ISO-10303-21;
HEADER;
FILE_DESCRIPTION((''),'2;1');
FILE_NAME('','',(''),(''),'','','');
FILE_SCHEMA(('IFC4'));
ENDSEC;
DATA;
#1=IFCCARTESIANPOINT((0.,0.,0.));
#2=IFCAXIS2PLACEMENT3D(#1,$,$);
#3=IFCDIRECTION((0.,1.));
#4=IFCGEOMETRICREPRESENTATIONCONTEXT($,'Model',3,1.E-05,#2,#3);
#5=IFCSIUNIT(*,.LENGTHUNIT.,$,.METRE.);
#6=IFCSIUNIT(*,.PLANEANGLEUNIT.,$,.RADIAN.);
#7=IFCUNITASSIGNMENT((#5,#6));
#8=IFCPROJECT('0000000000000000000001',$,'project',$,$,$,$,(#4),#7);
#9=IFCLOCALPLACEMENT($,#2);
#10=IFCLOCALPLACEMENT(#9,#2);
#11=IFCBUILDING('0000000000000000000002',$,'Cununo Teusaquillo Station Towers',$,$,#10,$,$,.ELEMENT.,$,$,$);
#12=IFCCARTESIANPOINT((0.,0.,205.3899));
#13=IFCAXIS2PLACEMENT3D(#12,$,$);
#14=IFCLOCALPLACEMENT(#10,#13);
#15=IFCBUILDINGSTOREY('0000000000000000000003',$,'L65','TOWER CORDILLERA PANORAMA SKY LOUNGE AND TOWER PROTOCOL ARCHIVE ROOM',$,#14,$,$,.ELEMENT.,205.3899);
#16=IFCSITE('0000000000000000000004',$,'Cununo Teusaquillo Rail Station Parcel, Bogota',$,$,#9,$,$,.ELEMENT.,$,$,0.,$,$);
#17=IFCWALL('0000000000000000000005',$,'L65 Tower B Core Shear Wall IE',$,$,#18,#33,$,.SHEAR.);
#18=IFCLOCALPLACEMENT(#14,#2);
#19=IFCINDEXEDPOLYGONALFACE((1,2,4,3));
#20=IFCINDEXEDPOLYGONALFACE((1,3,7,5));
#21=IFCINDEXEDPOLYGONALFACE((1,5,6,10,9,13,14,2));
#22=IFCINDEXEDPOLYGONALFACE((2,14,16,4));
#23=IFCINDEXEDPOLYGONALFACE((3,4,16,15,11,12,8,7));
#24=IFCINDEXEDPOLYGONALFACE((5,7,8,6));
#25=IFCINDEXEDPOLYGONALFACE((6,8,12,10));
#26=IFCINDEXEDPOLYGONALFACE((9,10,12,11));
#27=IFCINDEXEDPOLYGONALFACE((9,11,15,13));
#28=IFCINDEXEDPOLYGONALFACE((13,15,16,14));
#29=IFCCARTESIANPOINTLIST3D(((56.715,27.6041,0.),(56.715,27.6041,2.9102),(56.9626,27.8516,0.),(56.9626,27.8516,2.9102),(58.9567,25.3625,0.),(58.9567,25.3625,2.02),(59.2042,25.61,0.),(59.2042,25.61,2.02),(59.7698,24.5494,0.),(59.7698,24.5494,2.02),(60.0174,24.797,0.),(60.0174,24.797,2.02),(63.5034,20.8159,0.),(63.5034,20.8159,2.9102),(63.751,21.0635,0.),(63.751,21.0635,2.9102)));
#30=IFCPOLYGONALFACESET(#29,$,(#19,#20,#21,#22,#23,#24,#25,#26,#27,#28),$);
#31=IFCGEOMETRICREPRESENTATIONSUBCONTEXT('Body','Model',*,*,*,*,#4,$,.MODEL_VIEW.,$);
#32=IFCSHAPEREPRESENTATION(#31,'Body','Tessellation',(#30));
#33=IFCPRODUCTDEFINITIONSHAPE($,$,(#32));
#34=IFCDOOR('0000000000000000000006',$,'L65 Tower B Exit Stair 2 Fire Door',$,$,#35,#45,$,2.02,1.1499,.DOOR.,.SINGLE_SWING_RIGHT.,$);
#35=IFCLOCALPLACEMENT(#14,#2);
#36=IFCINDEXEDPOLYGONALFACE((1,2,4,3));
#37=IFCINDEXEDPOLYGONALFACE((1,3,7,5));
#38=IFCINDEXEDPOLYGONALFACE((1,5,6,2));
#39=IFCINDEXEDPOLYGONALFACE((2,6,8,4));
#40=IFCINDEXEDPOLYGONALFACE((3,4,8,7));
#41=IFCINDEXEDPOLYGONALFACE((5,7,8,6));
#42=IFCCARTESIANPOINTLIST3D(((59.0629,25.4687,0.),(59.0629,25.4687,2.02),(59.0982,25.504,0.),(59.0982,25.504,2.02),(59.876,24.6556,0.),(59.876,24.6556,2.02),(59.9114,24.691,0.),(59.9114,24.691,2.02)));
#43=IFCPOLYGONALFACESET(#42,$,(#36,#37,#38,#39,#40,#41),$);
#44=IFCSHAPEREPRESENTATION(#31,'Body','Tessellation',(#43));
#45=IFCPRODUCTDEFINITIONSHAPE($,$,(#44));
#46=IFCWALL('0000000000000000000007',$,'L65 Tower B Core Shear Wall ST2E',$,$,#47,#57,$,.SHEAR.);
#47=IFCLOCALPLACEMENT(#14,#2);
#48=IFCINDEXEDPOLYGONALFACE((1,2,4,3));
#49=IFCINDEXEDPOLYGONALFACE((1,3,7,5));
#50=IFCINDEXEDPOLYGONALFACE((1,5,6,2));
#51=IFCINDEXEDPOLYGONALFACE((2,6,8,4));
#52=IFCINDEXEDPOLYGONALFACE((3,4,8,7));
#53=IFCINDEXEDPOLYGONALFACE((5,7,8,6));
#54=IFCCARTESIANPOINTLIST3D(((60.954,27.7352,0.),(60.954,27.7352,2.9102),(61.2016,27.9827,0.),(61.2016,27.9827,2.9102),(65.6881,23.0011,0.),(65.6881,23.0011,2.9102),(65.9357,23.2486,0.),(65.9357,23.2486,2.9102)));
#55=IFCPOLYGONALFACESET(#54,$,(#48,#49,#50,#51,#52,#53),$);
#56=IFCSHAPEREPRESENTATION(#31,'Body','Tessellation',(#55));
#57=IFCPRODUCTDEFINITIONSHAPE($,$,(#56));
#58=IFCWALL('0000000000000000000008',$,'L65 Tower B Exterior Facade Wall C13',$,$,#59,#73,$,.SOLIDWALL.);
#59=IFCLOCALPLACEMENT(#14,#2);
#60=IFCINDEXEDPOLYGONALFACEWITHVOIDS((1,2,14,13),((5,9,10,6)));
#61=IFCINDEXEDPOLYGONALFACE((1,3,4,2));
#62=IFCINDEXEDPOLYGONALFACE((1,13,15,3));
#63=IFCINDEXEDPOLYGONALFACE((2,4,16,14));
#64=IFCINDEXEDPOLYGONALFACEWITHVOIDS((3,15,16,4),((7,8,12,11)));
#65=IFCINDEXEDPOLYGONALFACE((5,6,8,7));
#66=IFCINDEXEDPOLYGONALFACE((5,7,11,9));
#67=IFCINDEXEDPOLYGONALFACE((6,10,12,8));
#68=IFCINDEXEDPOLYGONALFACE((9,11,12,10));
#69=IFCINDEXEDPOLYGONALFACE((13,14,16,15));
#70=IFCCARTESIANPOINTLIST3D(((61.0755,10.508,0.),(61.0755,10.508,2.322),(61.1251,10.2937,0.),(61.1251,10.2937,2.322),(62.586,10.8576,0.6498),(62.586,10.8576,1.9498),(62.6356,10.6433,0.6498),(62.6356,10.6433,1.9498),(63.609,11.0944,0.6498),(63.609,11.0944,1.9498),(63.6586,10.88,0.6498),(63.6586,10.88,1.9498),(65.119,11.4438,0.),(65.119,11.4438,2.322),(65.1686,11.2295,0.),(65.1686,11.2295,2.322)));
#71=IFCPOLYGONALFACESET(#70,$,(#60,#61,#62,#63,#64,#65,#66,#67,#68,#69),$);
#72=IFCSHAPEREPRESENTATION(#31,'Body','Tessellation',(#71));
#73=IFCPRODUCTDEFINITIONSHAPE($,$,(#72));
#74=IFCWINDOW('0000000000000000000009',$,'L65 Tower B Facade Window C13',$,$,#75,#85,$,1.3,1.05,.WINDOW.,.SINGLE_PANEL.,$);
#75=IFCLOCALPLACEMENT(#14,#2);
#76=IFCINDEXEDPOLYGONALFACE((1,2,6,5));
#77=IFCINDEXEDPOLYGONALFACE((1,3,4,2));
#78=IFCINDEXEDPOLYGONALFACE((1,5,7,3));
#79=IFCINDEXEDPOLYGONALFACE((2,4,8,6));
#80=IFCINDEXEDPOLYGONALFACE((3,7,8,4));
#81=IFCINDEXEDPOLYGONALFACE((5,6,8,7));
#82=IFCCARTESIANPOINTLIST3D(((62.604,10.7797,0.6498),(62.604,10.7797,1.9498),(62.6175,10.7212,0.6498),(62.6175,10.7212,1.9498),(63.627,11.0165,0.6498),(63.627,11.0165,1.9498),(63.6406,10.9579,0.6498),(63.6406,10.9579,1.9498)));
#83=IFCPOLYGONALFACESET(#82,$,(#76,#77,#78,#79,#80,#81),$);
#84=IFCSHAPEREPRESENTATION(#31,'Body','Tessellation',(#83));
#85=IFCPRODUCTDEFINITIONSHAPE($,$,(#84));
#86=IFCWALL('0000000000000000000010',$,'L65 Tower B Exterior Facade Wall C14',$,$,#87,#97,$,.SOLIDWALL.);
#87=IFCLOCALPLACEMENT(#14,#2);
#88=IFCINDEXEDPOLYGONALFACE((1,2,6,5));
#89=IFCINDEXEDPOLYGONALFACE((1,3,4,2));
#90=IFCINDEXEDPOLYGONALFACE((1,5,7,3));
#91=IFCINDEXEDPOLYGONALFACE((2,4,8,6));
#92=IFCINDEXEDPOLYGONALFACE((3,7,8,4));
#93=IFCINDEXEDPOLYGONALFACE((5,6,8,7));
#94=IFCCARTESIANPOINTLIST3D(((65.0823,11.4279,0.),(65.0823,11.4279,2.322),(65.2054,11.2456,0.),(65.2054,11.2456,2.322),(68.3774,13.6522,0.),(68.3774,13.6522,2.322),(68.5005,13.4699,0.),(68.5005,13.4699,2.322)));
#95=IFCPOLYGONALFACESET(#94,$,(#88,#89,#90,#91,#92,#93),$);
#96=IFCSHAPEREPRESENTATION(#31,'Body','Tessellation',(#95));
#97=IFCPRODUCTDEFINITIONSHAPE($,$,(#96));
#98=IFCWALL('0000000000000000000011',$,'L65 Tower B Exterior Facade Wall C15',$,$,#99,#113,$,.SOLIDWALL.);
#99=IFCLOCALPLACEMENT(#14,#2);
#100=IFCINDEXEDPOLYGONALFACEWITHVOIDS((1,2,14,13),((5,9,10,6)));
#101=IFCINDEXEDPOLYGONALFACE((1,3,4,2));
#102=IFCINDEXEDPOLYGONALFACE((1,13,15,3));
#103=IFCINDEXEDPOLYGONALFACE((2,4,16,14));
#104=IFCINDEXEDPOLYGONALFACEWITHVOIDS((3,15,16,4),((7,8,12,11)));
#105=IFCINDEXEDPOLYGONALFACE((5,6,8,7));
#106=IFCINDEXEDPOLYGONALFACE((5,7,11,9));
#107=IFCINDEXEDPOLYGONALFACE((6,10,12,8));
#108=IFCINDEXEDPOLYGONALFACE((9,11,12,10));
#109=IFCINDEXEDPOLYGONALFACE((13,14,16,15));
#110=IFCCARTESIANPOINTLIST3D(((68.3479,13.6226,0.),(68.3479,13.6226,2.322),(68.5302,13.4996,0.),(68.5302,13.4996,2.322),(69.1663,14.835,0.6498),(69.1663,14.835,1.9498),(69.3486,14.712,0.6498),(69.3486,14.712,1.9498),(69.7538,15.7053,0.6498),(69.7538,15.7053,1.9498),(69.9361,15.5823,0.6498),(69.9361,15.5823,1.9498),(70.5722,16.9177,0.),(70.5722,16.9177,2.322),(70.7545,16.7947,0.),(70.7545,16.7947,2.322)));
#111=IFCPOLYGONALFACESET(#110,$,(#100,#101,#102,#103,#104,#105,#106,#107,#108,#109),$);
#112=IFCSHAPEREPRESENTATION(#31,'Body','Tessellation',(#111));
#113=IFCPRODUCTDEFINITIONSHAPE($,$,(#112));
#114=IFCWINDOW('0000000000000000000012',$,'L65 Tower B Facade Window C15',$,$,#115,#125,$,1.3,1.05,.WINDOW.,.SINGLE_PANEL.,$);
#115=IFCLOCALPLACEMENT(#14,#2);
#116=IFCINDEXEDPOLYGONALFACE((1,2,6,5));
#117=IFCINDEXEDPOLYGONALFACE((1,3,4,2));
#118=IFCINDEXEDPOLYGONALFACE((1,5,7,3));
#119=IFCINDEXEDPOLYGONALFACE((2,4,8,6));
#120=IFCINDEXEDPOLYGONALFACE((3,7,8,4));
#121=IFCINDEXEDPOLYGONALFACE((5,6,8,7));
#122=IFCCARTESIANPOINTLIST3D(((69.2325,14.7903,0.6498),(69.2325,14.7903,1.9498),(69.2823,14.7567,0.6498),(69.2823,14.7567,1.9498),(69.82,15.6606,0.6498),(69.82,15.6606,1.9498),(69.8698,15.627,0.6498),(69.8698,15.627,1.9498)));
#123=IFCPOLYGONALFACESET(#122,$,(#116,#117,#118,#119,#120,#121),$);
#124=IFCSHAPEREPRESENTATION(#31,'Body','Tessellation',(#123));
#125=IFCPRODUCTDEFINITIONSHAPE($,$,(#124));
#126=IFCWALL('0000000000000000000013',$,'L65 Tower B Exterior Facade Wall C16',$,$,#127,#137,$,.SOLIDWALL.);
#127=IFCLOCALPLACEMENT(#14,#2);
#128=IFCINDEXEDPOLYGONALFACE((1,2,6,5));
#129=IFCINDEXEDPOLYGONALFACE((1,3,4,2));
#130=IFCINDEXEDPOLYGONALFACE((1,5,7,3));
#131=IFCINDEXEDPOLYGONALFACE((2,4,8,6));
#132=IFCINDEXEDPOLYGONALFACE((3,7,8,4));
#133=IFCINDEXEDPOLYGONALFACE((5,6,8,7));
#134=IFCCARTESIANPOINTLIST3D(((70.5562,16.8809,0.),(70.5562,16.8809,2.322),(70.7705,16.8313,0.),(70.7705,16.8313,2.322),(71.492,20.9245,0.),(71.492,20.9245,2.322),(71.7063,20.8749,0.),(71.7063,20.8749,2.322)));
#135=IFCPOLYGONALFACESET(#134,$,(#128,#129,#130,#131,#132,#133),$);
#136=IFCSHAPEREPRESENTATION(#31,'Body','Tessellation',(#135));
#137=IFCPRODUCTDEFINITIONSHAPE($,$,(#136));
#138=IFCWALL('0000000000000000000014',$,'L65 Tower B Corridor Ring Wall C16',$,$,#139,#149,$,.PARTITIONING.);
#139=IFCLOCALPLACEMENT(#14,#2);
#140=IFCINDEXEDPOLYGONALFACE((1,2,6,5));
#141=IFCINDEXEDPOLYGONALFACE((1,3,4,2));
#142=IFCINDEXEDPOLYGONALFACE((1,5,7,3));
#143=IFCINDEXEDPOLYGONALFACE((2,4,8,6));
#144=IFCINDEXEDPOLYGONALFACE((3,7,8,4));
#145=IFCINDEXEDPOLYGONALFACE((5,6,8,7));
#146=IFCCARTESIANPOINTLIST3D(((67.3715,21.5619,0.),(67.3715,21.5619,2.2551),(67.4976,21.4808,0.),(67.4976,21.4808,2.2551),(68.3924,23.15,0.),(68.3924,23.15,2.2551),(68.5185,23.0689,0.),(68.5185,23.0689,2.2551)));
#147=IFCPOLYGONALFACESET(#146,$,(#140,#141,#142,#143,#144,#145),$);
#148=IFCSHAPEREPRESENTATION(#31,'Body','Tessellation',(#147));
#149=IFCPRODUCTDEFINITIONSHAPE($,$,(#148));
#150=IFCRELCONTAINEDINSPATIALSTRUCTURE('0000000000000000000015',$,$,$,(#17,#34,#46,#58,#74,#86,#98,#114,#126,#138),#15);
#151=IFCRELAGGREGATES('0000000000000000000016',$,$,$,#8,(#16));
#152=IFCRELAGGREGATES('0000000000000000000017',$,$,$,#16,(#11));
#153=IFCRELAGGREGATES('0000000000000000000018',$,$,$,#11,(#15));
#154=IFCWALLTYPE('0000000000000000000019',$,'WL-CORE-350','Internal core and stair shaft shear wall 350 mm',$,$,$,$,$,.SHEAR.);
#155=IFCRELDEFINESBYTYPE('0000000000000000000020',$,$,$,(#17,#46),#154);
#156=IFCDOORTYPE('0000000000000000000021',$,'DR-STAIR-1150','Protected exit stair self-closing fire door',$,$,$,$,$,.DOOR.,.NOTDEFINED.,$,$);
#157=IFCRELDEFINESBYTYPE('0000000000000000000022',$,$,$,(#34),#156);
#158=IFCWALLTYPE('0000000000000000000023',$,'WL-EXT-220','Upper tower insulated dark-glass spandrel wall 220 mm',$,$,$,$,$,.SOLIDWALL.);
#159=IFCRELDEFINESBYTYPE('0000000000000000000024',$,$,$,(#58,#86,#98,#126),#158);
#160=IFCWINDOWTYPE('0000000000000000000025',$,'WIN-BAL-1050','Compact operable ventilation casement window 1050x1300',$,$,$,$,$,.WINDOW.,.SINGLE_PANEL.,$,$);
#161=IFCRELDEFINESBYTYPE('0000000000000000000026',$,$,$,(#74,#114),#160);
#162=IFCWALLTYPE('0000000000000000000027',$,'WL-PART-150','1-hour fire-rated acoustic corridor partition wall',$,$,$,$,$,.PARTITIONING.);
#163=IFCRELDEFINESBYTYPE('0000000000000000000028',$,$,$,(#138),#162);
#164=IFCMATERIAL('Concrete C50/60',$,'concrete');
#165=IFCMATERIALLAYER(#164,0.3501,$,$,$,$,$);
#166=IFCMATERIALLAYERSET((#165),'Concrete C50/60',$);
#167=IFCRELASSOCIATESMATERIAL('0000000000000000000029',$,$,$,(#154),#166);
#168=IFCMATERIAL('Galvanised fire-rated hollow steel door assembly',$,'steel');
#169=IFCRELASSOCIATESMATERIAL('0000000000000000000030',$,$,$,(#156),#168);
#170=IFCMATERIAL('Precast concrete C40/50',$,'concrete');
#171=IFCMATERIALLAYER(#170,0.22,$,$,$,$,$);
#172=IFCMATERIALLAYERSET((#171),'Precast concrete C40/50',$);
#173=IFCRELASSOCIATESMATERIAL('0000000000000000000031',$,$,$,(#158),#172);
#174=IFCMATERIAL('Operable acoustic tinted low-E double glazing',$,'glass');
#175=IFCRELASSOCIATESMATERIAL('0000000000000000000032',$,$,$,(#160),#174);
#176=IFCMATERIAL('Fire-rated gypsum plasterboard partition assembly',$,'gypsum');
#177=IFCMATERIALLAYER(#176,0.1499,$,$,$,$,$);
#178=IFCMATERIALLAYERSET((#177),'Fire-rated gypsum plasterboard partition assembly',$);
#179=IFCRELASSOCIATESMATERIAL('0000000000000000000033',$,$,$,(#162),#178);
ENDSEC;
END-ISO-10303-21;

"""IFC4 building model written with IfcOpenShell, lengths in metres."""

from ifc_helpers import new_model, si_unit, direction, frame, frame_2d, origin, place, context, subcontext, project, spatial, rectangle, extrude, source, transform, mapped, material, layer, layer_set, type_object, element, fill, save


model = new_model("IFC4")

# Units and contexts
model_context = context("Model", 3, precision=1e-05, world=origin(), true_north=direction((0.0, 1.0)))
body_context = subcontext(model_context, "Body", "Model", "MODEL_VIEW")
ifc_project = project(units=[si_unit("LENGTHUNIT", "METRE"), si_unit("PLANEANGLEUNIT", "RADIAN")], contexts=[model_context])

# Site, building, storey
site_placement = place(None, origin())
site = spatial("IfcSite", under=ifc_project, at=site_placement, Name="Cununo Teusaquillo Rail Station Parcel, Bogota", CompositionType="ELEMENT", RefElevation=0.0)
building_placement = place(site_placement, origin())
building = spatial("IfcBuilding", under=site, at=building_placement, Name="Cununo Teusaquillo Station Towers", CompositionType="ELEMENT")
storey_placement = place(building_placement, frame((0.0, 0.0, 205.3899)))
storey = spatial("IfcBuildingStorey", under=building, at=storey_placement, Name="L65", Description="TOWER CORDILLERA PANORAMA SKY LOUNGE AND TOWER PROTOCOL ARCHIVE ROOM", CompositionType="ELEMENT", Elevation=205.3899)

# Wall, opening, door
ifc_material_1 = material(Name="Concrete C50/60", Category="concrete")
ifc_layer_1 = layer(ifc_material_1, 0.3501)
ifc_layer_set_1 = layer_set([ifc_layer_1], Name="Concrete C50/60")
wall_type_1 = type_object("IfcWallType", Name="WL-CORE-350", Description="Internal core and stair shaft shear wall 350 mm", PredefinedType="SHEAR", material=ifc_layer_set_1)
wall_1_placement = place(storey_placement, frame((63.6272, 20.9397, 0.0), z_axis=(0.0, 0.0, 1.0), x_axis=(-0.707119, 0.707094, 0.0)))
wall_1 = element("IfcWall", 1, at=wall_1_placement, inside=storey, type_object=wall_type_1, Name="L65 Tower B Core Shear Wall IE", PredefinedType="SHEAR", context=body_context, shape_type="SweptSolid", body=[
    extrude(rectangle(XDim=9.6001, YDim=0.3501, at=frame_2d((4.8, 0.0))), origin(), (0.0, 0.0, 1.0), 2.9102),
])
shared_shape_1 = source(origin(), body_context, "Body", "SweptSolid", [
    extrude(rectangle(XDim=1.1499, YDim=2.02, at=frame_2d((0.575, 1.01))), frame((0.0, 0.1851, 0.0), z_axis=(0.0, -1.0, 0.0), x_axis=(1.0, 0.0, 0.0)), (0.0, 0.0, 1.0), 0.3701),
])
opening_1_placement = place(wall_1_placement, frame((5.28, 0.0, 0.0)))
opening_1 = element("IfcOpeningElement", 2, at=opening_1_placement, cuts=wall_1, PredefinedType="OPENING", context=body_context, shape_type="MappedRepresentation", body=[
    mapped(shared_shape_1, transform((0.0, 0.0, 0.0), x_axis=(1.0, 0.0, 0.0), y_axis=(0.0, 1.0, 0.0), z_axis=(0.0, 0.0, 1.0), scale=1.0)),
])
ifc_material_2 = material(Name="Galvanised fire-rated hollow steel door assembly", Category="steel")
door_type_1 = type_object("IfcDoorType", Name="DR-STAIR-1150", Description="Protected exit stair self-closing fire door", OperationType="NOTDEFINED", PredefinedType="DOOR", material=ifc_material_2)
shared_shape_2 = source(origin(), body_context, "Body", "SweptSolid", [
    extrude(rectangle(XDim=1.1499, YDim=2.02, at=frame_2d((0.575, 1.01))), frame((0.0, 0.0249, 0.0), z_axis=(0.0, -1.0, 0.0), x_axis=(1.0, 0.0, 0.0)), (0.0, 0.0, 1.0), 0.05),
])
door_1_placement = place(opening_1_placement, origin())
door_1 = element("IfcDoor", 3, at=door_1_placement, inside=storey, type_object=door_type_1, Name="L65 Tower B Exit Stair 2 Fire Door", OperationType="SINGLE_SWING_RIGHT", OverallHeight=2.02, OverallWidth=1.1499, PredefinedType="DOOR", context=body_context, shape_type="MappedRepresentation", body=[
    mapped(shared_shape_2, transform((0.0, 0.0, 0.0), x_axis=(1.0, 0.0, 0.0), y_axis=(0.0, 1.0, 0.0), z_axis=(0.0, 0.0, 1.0), scale=1.0)),
])
fill(opening_1, door_1)

# Wall
wall_2_placement = place(storey_placement, frame((65.812, 23.1248, 0.0), z_axis=(0.0, 0.0, 1.0), x_axis=(-0.707107, 0.707107, 0.0)))
element("IfcWall", 4, at=wall_2_placement, inside=storey, type_object=wall_type_1, Name="L65 Tower B Core Shear Wall ST2E", PredefinedType="SHEAR", context=body_context, shape_type="SweptSolid", body=[
    extrude(rectangle(XDim=6.6951, YDim=0.3501, at=frame_2d((3.3477, 0.0))), origin(), (0.0, 0.0, 1.0), 2.9102),
])

# Wall, opening, window
ifc_material_3 = material(Name="Precast concrete C40/50", Category="concrete")
ifc_layer_2 = layer(ifc_material_3, 0.22)
ifc_layer_set_2 = layer_set([ifc_layer_2], Name="Precast concrete C40/50")
wall_type_2 = type_object("IfcWallType", Name="WL-EXT-220", Description="Upper tower insulated dark-glass spandrel wall 220 mm", PredefinedType="SOLIDWALL", material=ifc_layer_set_2)
wall_3_placement = place(storey_placement, frame((65.1438, 11.3367, 0.0), z_axis=(0.0, 0.0, 1.0), x_axis=(-0.974249, -0.225474, 0.0)))
wall_3 = element("IfcWall", 5, at=wall_3_placement, inside=storey, type_object=wall_type_2, Name="L65 Tower B Exterior Facade Wall C13", PredefinedType="SOLIDWALL", context=body_context, shape_type="SweptSolid", body=[
    extrude(rectangle(XDim=4.1504, YDim=0.22, at=frame_2d((2.0752, 0.0))), origin(), (0.0, 0.0, 1.0), 2.322),
])
shared_shape_3 = source(origin(), body_context, "Body", "SweptSolid", [
    extrude(rectangle(XDim=1.05, YDim=1.3, at=frame_2d((0.5249, 0.6499))), frame((0.0, 0.1199, 0.0), z_axis=(0.0, -1.0, 0.0), x_axis=(1.0, 0.0, 0.0)), (0.0, 0.0, 1.0), 0.24),
])
opening_2_placement = place(wall_3_placement, frame((1.55, 0.0, 0.6499)))
opening_2 = element("IfcOpeningElement", 6, at=opening_2_placement, cuts=wall_3, PredefinedType="OPENING", context=body_context, shape_type="MappedRepresentation", body=[
    mapped(shared_shape_3, transform((0.0, 0.0, 0.0), x_axis=(1.0, 0.0, 0.0), y_axis=(0.0, 1.0, 0.0), z_axis=(0.0, 0.0, 1.0), scale=1.0)),
])
ifc_material_4 = material(Name="Operable acoustic tinted low-E double glazing", Category="glass")
window_type = type_object("IfcWindowType", Name="WIN-BAL-1050", Description="Compact operable ventilation casement window 1050x1300", PartitioningType="SINGLE_PANEL", PredefinedType="WINDOW", material=ifc_material_4)
shared_shape_4 = source(origin(), body_context, "Body", "SweptSolid", [
    extrude(rectangle(XDim=1.05, YDim=1.3, at=frame_2d((0.5249, 0.6499))), frame((0.0, 0.03, 0.0), z_axis=(0.0, -1.0, 0.0), x_axis=(1.0, 0.0, 0.0)), (0.0, 0.0, 1.0), 0.0601),
])
window_1_placement = place(opening_2_placement, origin())
window_1 = element("IfcWindow", 7, at=window_1_placement, inside=storey, type_object=window_type, Name="L65 Tower B Facade Window C13", OverallHeight=1.3, OverallWidth=1.05, PartitioningType="SINGLE_PANEL", PredefinedType="WINDOW", context=body_context, shape_type="MappedRepresentation", body=[
    mapped(shared_shape_4, transform((0.0, 0.0, 0.0), x_axis=(1.0, 0.0, 0.0), y_axis=(0.0, 1.0, 0.0), z_axis=(0.0, 0.0, 1.0), scale=1.0)),
])
fill(opening_2, window_1)

# Wall
wall_4_placement = place(storey_placement, frame((68.439, 13.561, 0.0), z_axis=(0.0, 0.0, 1.0), x_axis=(-0.828834, -0.559495, 0.0)))
element("IfcWall", 8, at=wall_4_placement, inside=storey, type_object=wall_type_2, Name="L65 Tower B Exterior Facade Wall C14", PredefinedType="SOLIDWALL", context=body_context, shape_type="SweptSolid", body=[
    extrude(rectangle(XDim=3.9756, YDim=0.22, at=frame_2d((1.9878, 0.0))), origin(), (0.0, 0.0, 1.0), 2.322),
])

# Wall, opening, window
wall_5_placement = place(storey_placement, frame((70.6633, 16.8562, 0.0), z_axis=(0.0, 0.0, 1.0), x_axis=(-0.559495, -0.828834, 0.0)))
wall_5 = element("IfcWall", 9, at=wall_5_placement, inside=storey, type_object=wall_type_2, Name="L65 Tower B Exterior Facade Wall C15", PredefinedType="SOLIDWALL", context=body_context, shape_type="SweptSolid", body=[
    extrude(rectangle(XDim=3.9756, YDim=0.22, at=frame_2d((1.9878, 0.0))), origin(), (0.0, 0.0, 1.0), 2.322),
])
opening_3_placement = place(wall_5_placement, frame((1.4629, 0.0, 0.6499)))
opening_3 = element("IfcOpeningElement", 10, at=opening_3_placement, cuts=wall_5, PredefinedType="OPENING", context=body_context, shape_type="MappedRepresentation", body=[
    mapped(shared_shape_3, transform((0.0, 0.0, 0.0), x_axis=(1.0, 0.0, 0.0), y_axis=(0.0, 1.0, 0.0), z_axis=(0.0, 0.0, 1.0), scale=1.0)),
])
window_2_placement = place(opening_3_placement, origin())
window_2 = element("IfcWindow", 11, at=window_2_placement, inside=storey, type_object=window_type, Name="L65 Tower B Facade Window C15", OverallHeight=1.3, OverallWidth=1.05, PartitioningType="SINGLE_PANEL", PredefinedType="WINDOW", context=body_context, shape_type="MappedRepresentation", body=[
    mapped(shared_shape_4, transform((0.0, 0.0, 0.0), x_axis=(1.0, 0.0, 0.0), y_axis=(0.0, 1.0, 0.0), z_axis=(0.0, 0.0, 1.0), scale=1.0)),
])
fill(opening_3, window_2)

# Walls
wall_6_placement = place(storey_placement, frame((71.5991, 20.8997, 0.0), z_axis=(0.0, 0.0, 1.0), x_axis=(-0.225474, -0.974249, 0.0)))
element("IfcWall", 12, at=wall_6_placement, inside=storey, type_object=wall_type_2, Name="L65 Tower B Exterior Facade Wall C16", PredefinedType="SOLIDWALL", context=body_context, shape_type="SweptSolid", body=[
    extrude(rectangle(XDim=4.1504, YDim=0.22, at=frame_2d((2.0752, 0.0))), origin(), (0.0, 0.0, 1.0), 2.322),
])
ifc_material_5 = material(Name="Fire-rated gypsum plasterboard partition assembly", Category="gypsum")
ifc_layer_3 = layer(ifc_material_5, 0.1499)
ifc_layer_set_3 = layer_set([ifc_layer_3], Name="Fire-rated gypsum plasterboard partition assembly")
wall_type_3 = type_object("IfcWallType", Name="WL-PART-150", Description="1-hour fire-rated acoustic corridor partition wall", PredefinedType="PARTITIONING", material=ifc_layer_set_3)
wall_7_placement = place(storey_placement, frame((67.4346, 21.5215, 0.0), z_axis=(0.0, 0.0, 1.0), x_axis=(0.540777, 0.841166, 0.0)))
element("IfcWall", 13, at=wall_7_placement, inside=storey, type_object=wall_type_3, Name="L65 Tower B Corridor Ring Wall C16", PredefinedType="PARTITIONING", context=body_context, shape_type="SweptSolid", body=[
    extrude(rectangle(XDim=1.8879, YDim=0.1499, at=frame_2d((0.9438, 0.0))), origin(), (0.0, 0.0, 1.0), 2.2551),
])

save(model, "model.ifc")
